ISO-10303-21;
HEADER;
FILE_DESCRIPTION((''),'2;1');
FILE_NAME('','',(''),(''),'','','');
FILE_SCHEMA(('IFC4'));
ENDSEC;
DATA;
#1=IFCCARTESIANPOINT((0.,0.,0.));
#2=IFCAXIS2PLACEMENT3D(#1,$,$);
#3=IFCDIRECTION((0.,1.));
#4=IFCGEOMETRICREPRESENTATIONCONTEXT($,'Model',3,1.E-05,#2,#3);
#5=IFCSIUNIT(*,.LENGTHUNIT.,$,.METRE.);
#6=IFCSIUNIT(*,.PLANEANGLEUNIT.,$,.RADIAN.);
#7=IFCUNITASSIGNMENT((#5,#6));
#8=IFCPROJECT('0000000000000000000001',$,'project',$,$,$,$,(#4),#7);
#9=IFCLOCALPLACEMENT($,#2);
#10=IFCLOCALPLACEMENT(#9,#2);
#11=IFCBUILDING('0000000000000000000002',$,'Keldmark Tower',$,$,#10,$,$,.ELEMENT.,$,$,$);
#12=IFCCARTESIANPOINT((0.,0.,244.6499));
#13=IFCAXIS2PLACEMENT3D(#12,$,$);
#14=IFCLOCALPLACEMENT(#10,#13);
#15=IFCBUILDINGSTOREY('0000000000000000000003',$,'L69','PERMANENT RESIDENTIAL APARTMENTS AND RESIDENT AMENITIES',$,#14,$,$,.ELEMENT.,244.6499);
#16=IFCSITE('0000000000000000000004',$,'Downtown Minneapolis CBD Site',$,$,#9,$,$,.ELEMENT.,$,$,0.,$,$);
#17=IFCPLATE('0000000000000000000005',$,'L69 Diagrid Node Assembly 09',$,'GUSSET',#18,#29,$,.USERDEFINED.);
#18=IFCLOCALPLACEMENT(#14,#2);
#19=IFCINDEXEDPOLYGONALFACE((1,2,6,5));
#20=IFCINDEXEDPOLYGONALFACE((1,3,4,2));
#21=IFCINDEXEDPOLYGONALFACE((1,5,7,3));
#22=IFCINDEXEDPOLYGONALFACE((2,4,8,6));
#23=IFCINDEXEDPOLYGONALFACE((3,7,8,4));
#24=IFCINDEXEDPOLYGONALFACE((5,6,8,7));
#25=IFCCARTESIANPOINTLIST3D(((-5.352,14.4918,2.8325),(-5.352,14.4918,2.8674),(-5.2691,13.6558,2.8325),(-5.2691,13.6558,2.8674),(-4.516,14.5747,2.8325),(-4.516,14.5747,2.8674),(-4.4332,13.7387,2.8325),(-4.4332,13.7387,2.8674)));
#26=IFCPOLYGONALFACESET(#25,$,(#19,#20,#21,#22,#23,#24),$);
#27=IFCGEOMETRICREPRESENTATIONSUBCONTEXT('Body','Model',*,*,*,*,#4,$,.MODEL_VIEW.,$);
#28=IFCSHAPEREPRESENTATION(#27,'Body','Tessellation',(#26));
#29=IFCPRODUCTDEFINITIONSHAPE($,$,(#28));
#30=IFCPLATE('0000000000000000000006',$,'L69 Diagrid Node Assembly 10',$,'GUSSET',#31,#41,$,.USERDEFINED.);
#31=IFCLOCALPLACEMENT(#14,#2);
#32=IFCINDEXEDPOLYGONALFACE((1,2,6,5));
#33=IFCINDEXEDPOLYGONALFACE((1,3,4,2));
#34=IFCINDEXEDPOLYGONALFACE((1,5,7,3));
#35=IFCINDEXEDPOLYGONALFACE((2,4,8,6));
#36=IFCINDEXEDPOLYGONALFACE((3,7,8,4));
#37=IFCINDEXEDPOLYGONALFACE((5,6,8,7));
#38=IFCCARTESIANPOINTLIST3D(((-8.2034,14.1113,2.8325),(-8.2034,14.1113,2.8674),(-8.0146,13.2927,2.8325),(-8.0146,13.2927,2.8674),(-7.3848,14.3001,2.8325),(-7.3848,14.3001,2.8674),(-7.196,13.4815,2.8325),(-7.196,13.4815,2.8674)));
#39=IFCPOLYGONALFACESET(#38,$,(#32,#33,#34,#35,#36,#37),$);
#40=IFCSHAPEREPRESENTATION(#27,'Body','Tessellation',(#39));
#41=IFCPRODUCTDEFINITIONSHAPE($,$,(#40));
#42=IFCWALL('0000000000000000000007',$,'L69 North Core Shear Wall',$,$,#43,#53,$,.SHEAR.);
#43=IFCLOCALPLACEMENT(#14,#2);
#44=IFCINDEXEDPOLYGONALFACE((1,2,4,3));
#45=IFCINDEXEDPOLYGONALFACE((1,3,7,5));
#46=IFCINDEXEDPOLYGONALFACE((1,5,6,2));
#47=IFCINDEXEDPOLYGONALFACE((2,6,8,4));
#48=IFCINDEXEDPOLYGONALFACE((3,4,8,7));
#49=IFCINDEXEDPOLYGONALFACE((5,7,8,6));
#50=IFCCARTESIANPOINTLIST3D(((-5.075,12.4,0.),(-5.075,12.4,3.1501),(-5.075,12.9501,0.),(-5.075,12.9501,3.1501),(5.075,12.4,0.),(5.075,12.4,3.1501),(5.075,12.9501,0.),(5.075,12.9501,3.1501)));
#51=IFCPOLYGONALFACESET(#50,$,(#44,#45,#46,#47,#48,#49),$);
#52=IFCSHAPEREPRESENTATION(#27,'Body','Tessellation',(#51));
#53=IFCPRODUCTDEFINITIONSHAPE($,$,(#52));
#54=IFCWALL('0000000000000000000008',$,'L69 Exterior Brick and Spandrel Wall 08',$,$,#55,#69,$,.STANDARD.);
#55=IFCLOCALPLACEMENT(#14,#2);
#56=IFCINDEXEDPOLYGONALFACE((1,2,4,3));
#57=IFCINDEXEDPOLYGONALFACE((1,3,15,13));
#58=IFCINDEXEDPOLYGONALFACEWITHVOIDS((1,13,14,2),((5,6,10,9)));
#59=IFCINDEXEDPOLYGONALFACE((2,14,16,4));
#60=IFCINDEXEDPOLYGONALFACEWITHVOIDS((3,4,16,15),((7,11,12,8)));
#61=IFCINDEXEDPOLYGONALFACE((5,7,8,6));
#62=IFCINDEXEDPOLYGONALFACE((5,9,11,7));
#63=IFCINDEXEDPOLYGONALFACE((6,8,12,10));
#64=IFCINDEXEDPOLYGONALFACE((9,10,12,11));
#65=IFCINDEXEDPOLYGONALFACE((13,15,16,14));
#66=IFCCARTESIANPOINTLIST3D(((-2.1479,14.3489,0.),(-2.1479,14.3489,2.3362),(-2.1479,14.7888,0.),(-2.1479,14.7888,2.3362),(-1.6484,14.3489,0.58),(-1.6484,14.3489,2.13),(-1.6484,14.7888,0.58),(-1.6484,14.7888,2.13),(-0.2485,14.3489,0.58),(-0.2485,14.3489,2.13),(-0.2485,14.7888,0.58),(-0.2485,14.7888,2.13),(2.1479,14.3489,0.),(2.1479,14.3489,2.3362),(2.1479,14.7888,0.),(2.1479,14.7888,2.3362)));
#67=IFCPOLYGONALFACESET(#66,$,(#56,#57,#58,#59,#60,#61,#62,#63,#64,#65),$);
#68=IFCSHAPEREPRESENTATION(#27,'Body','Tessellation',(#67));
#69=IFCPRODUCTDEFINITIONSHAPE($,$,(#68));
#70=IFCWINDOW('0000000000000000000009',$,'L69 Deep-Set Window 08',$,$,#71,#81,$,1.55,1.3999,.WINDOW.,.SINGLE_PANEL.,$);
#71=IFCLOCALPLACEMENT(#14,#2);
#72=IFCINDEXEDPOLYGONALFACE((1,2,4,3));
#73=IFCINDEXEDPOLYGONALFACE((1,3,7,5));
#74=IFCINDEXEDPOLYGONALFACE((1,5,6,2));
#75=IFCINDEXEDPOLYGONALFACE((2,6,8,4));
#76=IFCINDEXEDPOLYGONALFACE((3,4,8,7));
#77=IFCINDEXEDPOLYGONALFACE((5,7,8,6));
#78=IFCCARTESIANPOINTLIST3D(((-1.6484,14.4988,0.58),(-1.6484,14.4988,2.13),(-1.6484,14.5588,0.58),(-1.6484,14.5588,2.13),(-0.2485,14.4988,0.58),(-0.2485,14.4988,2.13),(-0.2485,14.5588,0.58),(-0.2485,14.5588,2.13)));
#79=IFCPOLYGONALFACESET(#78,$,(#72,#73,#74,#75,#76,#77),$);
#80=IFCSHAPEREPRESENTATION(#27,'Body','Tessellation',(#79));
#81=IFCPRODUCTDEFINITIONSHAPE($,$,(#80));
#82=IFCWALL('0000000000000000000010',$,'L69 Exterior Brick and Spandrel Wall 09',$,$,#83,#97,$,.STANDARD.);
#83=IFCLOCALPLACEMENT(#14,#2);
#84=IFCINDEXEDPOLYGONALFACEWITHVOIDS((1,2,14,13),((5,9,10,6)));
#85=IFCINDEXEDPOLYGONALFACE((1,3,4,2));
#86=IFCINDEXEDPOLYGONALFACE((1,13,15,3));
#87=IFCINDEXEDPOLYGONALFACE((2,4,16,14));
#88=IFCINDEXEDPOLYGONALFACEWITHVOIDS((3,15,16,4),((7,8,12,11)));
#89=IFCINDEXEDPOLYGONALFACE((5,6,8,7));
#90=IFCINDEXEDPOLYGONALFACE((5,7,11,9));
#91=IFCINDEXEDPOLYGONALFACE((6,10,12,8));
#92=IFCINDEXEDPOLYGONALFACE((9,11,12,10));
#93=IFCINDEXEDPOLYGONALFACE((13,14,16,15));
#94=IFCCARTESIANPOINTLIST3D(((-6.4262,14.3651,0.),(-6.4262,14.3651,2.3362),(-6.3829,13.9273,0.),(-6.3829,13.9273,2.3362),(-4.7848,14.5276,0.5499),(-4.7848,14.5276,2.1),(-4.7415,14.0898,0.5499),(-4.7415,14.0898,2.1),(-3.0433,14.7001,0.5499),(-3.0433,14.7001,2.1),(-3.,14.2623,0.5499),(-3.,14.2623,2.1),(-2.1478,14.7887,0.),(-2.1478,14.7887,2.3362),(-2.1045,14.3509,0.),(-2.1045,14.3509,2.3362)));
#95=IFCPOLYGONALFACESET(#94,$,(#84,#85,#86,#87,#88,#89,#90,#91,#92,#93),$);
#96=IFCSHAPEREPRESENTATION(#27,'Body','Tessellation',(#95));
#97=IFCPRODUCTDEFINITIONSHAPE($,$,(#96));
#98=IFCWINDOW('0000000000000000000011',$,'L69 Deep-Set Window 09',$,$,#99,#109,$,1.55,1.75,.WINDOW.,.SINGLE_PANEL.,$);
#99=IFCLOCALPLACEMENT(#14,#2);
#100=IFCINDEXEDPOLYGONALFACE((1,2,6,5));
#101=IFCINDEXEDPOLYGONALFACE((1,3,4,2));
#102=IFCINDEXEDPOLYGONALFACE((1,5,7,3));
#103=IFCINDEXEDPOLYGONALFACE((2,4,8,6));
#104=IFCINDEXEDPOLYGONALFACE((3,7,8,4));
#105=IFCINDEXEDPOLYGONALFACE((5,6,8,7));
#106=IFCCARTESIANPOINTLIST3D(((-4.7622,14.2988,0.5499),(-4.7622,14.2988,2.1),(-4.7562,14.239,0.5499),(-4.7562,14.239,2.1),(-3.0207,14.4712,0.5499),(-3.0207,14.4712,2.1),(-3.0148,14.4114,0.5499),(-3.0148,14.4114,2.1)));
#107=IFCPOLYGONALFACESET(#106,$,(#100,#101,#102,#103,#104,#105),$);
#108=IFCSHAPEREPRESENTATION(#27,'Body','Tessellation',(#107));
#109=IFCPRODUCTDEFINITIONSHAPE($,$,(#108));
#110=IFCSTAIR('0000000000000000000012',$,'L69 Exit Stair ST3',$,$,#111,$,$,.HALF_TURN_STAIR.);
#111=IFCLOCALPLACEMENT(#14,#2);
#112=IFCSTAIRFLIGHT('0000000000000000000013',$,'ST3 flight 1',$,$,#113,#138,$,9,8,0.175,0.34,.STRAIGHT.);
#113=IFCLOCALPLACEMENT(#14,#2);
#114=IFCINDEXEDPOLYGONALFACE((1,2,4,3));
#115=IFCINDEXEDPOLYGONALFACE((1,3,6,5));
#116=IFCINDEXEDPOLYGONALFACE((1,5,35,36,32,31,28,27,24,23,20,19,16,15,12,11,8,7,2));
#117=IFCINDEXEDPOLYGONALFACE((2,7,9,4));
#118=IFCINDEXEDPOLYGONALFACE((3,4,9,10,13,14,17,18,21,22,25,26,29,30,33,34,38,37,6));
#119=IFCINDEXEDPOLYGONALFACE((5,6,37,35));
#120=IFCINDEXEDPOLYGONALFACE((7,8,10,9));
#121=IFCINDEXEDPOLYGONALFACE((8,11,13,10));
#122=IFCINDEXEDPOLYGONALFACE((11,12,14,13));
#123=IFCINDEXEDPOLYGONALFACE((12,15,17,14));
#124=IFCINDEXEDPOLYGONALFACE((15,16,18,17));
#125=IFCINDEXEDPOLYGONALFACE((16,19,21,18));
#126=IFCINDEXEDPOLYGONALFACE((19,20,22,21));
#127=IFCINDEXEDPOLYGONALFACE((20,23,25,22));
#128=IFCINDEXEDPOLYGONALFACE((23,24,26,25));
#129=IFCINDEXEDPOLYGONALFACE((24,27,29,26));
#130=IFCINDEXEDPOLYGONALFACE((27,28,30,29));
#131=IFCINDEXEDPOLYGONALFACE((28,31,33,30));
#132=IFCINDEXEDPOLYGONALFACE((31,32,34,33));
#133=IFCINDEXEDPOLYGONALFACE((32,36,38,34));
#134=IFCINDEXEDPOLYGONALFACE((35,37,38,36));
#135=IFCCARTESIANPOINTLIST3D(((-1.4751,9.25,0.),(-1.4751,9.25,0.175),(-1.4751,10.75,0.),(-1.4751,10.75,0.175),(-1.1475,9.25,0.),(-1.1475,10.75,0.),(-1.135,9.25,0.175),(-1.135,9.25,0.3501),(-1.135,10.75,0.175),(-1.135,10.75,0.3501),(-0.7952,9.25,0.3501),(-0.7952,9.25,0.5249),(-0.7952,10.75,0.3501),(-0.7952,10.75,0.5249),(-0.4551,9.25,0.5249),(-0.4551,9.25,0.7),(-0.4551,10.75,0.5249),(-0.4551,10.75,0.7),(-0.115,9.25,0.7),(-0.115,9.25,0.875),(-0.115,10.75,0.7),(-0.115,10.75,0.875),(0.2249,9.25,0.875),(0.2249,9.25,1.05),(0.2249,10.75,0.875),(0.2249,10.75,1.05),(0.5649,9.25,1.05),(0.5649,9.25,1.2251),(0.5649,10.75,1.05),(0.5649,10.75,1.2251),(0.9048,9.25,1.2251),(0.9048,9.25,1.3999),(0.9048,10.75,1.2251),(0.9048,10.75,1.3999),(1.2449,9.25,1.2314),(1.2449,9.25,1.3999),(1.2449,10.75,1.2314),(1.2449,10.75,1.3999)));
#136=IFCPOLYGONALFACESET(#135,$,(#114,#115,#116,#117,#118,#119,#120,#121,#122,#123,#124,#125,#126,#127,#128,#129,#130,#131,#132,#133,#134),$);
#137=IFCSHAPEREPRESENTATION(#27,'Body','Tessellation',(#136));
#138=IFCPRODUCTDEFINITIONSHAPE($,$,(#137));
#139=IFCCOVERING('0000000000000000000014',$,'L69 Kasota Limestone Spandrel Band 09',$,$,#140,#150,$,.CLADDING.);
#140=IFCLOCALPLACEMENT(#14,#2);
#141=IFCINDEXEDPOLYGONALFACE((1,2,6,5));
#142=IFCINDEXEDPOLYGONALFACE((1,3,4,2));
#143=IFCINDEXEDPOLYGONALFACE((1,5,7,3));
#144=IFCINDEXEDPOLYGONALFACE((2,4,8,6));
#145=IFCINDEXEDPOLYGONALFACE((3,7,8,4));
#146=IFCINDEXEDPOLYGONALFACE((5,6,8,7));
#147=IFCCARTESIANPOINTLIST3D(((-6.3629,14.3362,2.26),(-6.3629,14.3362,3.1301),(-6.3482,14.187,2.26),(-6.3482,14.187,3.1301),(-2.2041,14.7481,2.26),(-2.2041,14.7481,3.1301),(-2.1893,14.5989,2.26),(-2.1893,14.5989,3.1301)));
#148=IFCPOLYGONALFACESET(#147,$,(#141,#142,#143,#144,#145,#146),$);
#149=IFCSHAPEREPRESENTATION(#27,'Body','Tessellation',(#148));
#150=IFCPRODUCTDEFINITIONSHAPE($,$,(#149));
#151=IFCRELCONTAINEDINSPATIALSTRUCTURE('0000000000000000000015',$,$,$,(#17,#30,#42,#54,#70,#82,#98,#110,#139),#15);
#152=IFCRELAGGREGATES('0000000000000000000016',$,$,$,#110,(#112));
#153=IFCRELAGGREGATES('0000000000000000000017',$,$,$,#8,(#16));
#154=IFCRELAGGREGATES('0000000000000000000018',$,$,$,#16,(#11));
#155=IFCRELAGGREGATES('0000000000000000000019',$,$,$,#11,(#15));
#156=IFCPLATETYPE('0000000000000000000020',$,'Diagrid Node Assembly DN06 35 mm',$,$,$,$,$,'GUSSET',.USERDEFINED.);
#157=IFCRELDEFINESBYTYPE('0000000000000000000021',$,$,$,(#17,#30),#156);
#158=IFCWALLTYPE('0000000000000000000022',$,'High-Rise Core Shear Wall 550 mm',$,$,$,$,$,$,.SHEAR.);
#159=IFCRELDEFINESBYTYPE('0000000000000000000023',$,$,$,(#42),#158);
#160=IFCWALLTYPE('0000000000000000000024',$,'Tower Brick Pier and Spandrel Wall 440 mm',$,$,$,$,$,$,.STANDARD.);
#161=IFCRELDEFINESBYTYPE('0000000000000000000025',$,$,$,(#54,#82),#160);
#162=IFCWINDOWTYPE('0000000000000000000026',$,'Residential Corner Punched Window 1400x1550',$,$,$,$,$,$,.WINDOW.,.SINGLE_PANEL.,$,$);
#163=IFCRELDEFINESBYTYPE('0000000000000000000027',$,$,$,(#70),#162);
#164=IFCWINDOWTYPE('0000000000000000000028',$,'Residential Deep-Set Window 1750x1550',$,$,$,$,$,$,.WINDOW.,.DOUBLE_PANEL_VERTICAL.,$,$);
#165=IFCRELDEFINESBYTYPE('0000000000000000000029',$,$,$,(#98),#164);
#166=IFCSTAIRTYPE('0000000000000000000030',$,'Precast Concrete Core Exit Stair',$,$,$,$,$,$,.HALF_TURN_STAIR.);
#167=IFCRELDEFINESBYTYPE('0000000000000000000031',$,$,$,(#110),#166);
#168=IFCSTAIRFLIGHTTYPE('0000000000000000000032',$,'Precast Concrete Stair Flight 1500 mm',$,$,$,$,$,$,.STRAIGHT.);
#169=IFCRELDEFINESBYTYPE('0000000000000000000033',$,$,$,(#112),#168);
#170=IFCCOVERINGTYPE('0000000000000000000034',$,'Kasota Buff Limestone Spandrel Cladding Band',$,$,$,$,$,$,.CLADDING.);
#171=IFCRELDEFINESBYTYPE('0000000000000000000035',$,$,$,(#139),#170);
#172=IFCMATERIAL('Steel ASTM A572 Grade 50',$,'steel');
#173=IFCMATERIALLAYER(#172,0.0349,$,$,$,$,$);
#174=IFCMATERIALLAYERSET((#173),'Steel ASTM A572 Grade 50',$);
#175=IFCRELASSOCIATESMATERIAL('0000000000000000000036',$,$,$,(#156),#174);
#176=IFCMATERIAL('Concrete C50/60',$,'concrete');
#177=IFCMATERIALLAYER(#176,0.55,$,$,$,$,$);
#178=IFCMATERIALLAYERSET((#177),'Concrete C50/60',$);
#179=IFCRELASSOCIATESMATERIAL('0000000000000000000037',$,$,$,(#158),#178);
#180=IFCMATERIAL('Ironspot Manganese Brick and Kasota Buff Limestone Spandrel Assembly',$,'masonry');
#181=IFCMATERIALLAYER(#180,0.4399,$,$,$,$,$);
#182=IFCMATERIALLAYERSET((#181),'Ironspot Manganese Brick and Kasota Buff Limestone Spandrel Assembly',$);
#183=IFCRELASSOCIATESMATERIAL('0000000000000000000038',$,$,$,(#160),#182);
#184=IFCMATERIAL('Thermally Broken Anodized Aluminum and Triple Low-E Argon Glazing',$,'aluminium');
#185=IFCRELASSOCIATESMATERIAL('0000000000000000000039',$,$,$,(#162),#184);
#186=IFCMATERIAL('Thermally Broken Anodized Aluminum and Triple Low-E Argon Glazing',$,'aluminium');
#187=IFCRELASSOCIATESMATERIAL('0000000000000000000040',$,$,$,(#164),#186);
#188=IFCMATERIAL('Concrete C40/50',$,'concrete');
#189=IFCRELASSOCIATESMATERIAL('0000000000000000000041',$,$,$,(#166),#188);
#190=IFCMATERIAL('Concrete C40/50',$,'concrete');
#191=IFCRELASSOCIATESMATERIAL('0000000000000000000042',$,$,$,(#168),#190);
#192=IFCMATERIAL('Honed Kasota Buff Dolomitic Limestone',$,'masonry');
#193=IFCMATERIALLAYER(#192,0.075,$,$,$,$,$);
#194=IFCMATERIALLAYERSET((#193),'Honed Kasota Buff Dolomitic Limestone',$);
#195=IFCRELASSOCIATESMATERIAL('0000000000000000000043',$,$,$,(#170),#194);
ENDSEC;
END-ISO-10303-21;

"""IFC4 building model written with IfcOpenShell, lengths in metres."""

from ifc_helpers import new_model, si_unit, direction, frame, frame_2d, origin, origin_2d, place, context, subcontext, project, spatial, polyline, rectangle, outline, extrude, material, layer, layer_set, type_object, element, fill, aggregate, save


model = new_model("IFC4")

# Units and contexts
model_context = context("Model", 3, precision=1e-05, world=origin(), true_north=direction((0.0, 1.0)))
body_context = subcontext(model_context, "Body", "Model", "MODEL_VIEW")
ifc_project = project(units=[si_unit("LENGTHUNIT", "METRE"), si_unit("PLANEANGLEUNIT", "RADIAN")], contexts=[model_context])

# Site, building, storey
site_placement = place(None, origin())
site = spatial("IfcSite", under=ifc_project, at=site_placement, Name="Downtown Minneapolis CBD Site", CompositionType="ELEMENT", RefElevation=0.0)
building_placement = place(site_placement, origin())
building = spatial("IfcBuilding", under=site, at=building_placement, Name="Keldmark Tower", CompositionType="ELEMENT")
storey_placement = place(building_placement, frame((0.0, 0.0, 244.6499)))
storey = spatial("IfcBuildingStorey", under=building, at=storey_placement, Name="L69", Description="PERMANENT RESIDENTIAL APARTMENTS AND RESIDENT AMENITIES", CompositionType="ELEMENT", Elevation=244.6499)

# Plates
ifc_material_1 = material(Name="Steel ASTM A572 Grade 50", Category="steel")
ifc_layer_1 = layer(ifc_material_1, 0.0349)
ifc_layer_set_1 = layer_set([ifc_layer_1], Name="Steel ASTM A572 Grade 50")
plate_type_1 = type_object("IfcPlateType", Name="Diagrid Node Assembly DN06 35 mm", ElementType="GUSSET", PredefinedType="USERDEFINED", material=ifc_layer_set_1)
for number, where, z_axis, x_axis, name in (
    (1, (-4.8926, 14.1152, 2.8325), (0.0, 0.0, 1.0), (-0.995125, -0.098625, 0.0), "L69 Diagrid Node Assembly 09"),
    (2, (-7.6997, 13.7964, 2.8325), (0.0, 0.0, 1.0), (-0.974409, -0.224781, 0.0), "L69 Diagrid Node Assembly 10"),
):
    element("IfcPlate", number, at=place(storey_placement, frame(where, z_axis=z_axis, x_axis=x_axis)), inside=storey, type_object=plate_type_1, Name=name, ObjectType="GUSSET", PredefinedType="USERDEFINED", context=body_context, shape_type="SweptSolid", body=[
        extrude(rectangle(XDim=0.8401, YDim=0.8401, at=origin_2d()), origin(), (0.0, 0.0, 1.0), 0.0349),
    ])

# Wall
ifc_material_2 = material(Name="Concrete C50/60", Category="concrete")
ifc_layer_2 = layer(ifc_material_2, 0.55)
ifc_layer_set_2 = layer_set([ifc_layer_2], Name="Concrete C50/60")
wall_type_1 = type_object("IfcWallType", Name="High-Rise Core Shear Wall 550 mm", PredefinedType="SHEAR", material=ifc_layer_set_2)
wall_1_placement = place(storey_placement, frame((-5.075, 12.675, 0.0), z_axis=(0.0, 0.0, 1.0), x_axis=(1.0, 0.0, 0.0)))
element("IfcWall", 3, at=wall_1_placement, inside=storey, type_object=wall_type_1, Name="L69 North Core Shear Wall", PredefinedType="SHEAR", context=body_context, shape_type="SweptSolid", body=[
    extrude(rectangle(XDim=10.1499, YDim=0.55, at=frame_2d((5.075, 0.0))), origin(), (0.0, 0.0, 1.0), 3.1501),
])

# Walls, openings, windows
ifc_material_3 = material(Name="Ironspot Manganese Brick and Kasota Buff Limestone Spandrel Assembly", Category="masonry")
ifc_layer_3 = layer(ifc_material_3, 0.4399)
ifc_layer_set_3 = layer_set([ifc_layer_3], Name="Ironspot Manganese Brick and Kasota Buff Limestone Spandrel Assembly")
wall_type_2 = type_object("IfcWallType", Name="Tower Brick Pier and Spandrel Wall 440 mm", PredefinedType="STANDARD", material=ifc_layer_set_3)
wall_2_placement = place(storey_placement, frame((-2.1479, 14.5688, 0.0), z_axis=(0.0, 0.0, 1.0), x_axis=(1.0, 0.0, 0.0)))
wall_2 = element("IfcWall", 4, at=wall_2_placement, inside=storey, type_object=wall_type_2, Name="L69 Exterior Brick and Spandrel Wall 08", PredefinedType="STANDARD", context=body_context, shape_type="SweptSolid", body=[
    extrude(rectangle(XDim=4.2959, YDim=0.4399, at=frame_2d((2.1479, 0.0))), origin(), (0.0, 0.0, 1.0), 2.3362),
])
opening_1_placement = place(wall_2_placement, frame((0.4995, 0.0, 0.5801)))
opening_1 = element("IfcOpeningElement", 5, at=opening_1_placement, cuts=wall_2, PredefinedType="OPENING", context=body_context, shape_type="SweptSolid", body=[
    extrude(rectangle(XDim=1.3999, YDim=1.55, at=frame_2d((0.7, 0.7749))), frame((0.0, 0.23, 0.0), z_axis=(0.0, -1.0, 0.0), x_axis=(1.0, 0.0, 0.0)), (0.0, 0.0, 1.0), 0.46),
])
ifc_material_4 = material(Name="Thermally Broken Anodized Aluminum and Triple Low-E Argon Glazing", Category="aluminium")
window_type_1 = type_object("IfcWindowType", Name="Residential Corner Punched Window 1400x1550", PartitioningType="SINGLE_PANEL", PredefinedType="WINDOW", material=ifc_material_4)
window_1_placement = place(opening_1_placement, origin())
window_1 = element("IfcWindow", 6, at=window_1_placement, inside=storey, type_object=window_type_1, Name="L69 Deep-Set Window 08", OverallHeight=1.55, OverallWidth=1.3999, PartitioningType="SINGLE_PANEL", PredefinedType="WINDOW", context=body_context, shape_type="SweptSolid", body=[
    extrude(rectangle(XDim=1.3999, YDim=1.55, at=frame_2d((0.7, 0.7749))), frame((0.0, -0.01, 0.0), z_axis=(0.0, -1.0, 0.0), x_axis=(1.0, 0.0, 0.0)), (0.0, 0.0, 1.0), 0.0601),
])
fill(opening_1, window_1)
wall_3_placement = place(storey_placement, frame((-6.4045, 14.1462, 0.0), z_axis=(0.0, 0.0, 1.0), x_axis=(0.995135, 0.098525, 0.0)))
wall_3 = element("IfcWall", 7, at=wall_3_placement, inside=storey, type_object=wall_type_2, Name="L69 Exterior Brick and Spandrel Wall 09", PredefinedType="STANDARD", context=body_context, shape_type="SweptSolid", body=[
    extrude(rectangle(XDim=4.2993, YDim=0.4399, at=frame_2d((2.1497, 0.0))), origin(), (0.0, 0.0, 1.0), 2.3362),
])
opening_2_placement = place(wall_3_placement, frame((1.6494, 0.0, 0.55)))
opening_2 = element("IfcOpeningElement", 8, at=opening_2_placement, cuts=wall_3, PredefinedType="OPENING", context=body_context, shape_type="SweptSolid", body=[
    extrude(rectangle(XDim=1.75, YDim=1.55, at=frame_2d((0.875, 0.7749))), frame((0.0, 0.23, 0.0), z_axis=(0.0, -1.0, 0.0), x_axis=(1.0, 0.0, 0.0)), (0.0, 0.0, 1.0), 0.46),
])
ifc_material_5 = material(Name="Thermally Broken Anodized Aluminum and Triple Low-E Argon Glazing", Category="aluminium")
window_type_2 = type_object("IfcWindowType", Name="Residential Deep-Set Window 1750x1550", PartitioningType="DOUBLE_PANEL_VERTICAL", PredefinedType="WINDOW", material=ifc_material_5)
window_2_placement = place(opening_2_placement, origin())
window_2 = element("IfcWindow", 9, at=window_2_placement, inside=storey, type_object=window_type_2, Name="L69 Deep-Set Window 09", OverallHeight=1.55, OverallWidth=1.75, PartitioningType="SINGLE_PANEL", PredefinedType="WINDOW", context=body_context, shape_type="SweptSolid", body=[
    extrude(rectangle(XDim=1.75, YDim=1.55, at=frame_2d((0.875, 0.7749))), frame((0.0, -0.01, 0.0), z_axis=(0.0, -1.0, 0.0), x_axis=(1.0, 0.0, 0.0)), (0.0, 0.0, 1.0), 0.0601),
])
fill(opening_2, window_2)

# Stair, stair flight
ifc_material_6 = material(Name="Concrete C40/50", Category="concrete")
stair_type = type_object("IfcStairType", Name="Precast Concrete Core Exit Stair", PredefinedType="HALF_TURN_STAIR", material=ifc_material_6)
stair_placement = place(storey_placement, origin())
stair = element("IfcStair", 10, at=stair_placement, inside=storey, type_object=stair_type, Name="L69 Exit Stair ST3", PredefinedType="HALF_TURN_STAIR")
ifc_material_7 = material(Name="Concrete C40/50", Category="concrete")
stair_flight_type = type_object("IfcStairFlightType", Name="Precast Concrete Stair Flight 1500 mm", PredefinedType="STRAIGHT", material=ifc_material_7)
stair_flight_placement = place(storey_placement, frame((-1.4751, 10.0, 0.0), z_axis=(0.0, 0.0, 1.0), x_axis=(1.0, 0.0, 0.0)))
stair_flight = element("IfcStairFlight", 11, at=stair_flight_placement, type_object=stair_flight_type, Name="ST3 flight 1", NumberOfRisers=9, NumberOfTreads=8, PredefinedType="STRAIGHT", RiserHeight=0.175, TreadLength=0.34, context=body_context, shape_type="SweptSolid", body=[
    extrude(outline(polyline([(0.0, 0.0), (0.0, 0.175), (0.3401, 0.175), (0.3401, 0.3501), (0.6799, 0.3501), (0.6799, 0.5249), (1.02, 0.5249), (1.02, 0.7), (1.3601, 0.7), (1.3601, 0.875), (1.7, 0.875), (1.7, 1.05), (2.04, 1.05), (2.04, 1.2251), (2.3799, 1.2251), (2.3799, 1.3999), (2.72, 1.3999), (2.72, 1.575), (2.72, 1.2314), (0.3276, 0.0), (0.0, 0.0)])), frame((0.0, 0.75, 0.0), z_axis=(0.0, -1.0, 0.0), x_axis=(1.0, 0.0, 0.0)), (0.0, 0.0, 1.0), 1.5),
])
aggregate(stair, [stair_flight])

# Covering
ifc_material_8 = material(Name="Honed Kasota Buff Dolomitic Limestone", Category="masonry")
ifc_layer_4 = layer(ifc_material_8, 0.075)
ifc_layer_set_4 = layer_set([ifc_layer_4], Name="Honed Kasota Buff Dolomitic Limestone")
covering_type = type_object("IfcCoveringType", Name="Kasota Buff Limestone Spandrel Cladding Band", PredefinedType="CLADDING", material=ifc_layer_set_4)
covering_placement = place(storey_placement, frame((-4.2761, 14.4675, 2.26), z_axis=(0.0, 0.0, 1.0), x_axis=(-0.995132, -0.098556, 0.0)))
element("IfcCovering", 12, at=covering_placement, inside=storey, type_object=covering_type, Name="L69 Kasota Limestone Spandrel Band 09", PredefinedType="CLADDING", context=body_context, shape_type="SweptSolid", body=[
    extrude(rectangle(XDim=4.1792, YDim=0.1499, at=origin_2d()), origin(), (0.0, 0.0, 1.0), 0.8701),
])

save(model, "model.ifc")
